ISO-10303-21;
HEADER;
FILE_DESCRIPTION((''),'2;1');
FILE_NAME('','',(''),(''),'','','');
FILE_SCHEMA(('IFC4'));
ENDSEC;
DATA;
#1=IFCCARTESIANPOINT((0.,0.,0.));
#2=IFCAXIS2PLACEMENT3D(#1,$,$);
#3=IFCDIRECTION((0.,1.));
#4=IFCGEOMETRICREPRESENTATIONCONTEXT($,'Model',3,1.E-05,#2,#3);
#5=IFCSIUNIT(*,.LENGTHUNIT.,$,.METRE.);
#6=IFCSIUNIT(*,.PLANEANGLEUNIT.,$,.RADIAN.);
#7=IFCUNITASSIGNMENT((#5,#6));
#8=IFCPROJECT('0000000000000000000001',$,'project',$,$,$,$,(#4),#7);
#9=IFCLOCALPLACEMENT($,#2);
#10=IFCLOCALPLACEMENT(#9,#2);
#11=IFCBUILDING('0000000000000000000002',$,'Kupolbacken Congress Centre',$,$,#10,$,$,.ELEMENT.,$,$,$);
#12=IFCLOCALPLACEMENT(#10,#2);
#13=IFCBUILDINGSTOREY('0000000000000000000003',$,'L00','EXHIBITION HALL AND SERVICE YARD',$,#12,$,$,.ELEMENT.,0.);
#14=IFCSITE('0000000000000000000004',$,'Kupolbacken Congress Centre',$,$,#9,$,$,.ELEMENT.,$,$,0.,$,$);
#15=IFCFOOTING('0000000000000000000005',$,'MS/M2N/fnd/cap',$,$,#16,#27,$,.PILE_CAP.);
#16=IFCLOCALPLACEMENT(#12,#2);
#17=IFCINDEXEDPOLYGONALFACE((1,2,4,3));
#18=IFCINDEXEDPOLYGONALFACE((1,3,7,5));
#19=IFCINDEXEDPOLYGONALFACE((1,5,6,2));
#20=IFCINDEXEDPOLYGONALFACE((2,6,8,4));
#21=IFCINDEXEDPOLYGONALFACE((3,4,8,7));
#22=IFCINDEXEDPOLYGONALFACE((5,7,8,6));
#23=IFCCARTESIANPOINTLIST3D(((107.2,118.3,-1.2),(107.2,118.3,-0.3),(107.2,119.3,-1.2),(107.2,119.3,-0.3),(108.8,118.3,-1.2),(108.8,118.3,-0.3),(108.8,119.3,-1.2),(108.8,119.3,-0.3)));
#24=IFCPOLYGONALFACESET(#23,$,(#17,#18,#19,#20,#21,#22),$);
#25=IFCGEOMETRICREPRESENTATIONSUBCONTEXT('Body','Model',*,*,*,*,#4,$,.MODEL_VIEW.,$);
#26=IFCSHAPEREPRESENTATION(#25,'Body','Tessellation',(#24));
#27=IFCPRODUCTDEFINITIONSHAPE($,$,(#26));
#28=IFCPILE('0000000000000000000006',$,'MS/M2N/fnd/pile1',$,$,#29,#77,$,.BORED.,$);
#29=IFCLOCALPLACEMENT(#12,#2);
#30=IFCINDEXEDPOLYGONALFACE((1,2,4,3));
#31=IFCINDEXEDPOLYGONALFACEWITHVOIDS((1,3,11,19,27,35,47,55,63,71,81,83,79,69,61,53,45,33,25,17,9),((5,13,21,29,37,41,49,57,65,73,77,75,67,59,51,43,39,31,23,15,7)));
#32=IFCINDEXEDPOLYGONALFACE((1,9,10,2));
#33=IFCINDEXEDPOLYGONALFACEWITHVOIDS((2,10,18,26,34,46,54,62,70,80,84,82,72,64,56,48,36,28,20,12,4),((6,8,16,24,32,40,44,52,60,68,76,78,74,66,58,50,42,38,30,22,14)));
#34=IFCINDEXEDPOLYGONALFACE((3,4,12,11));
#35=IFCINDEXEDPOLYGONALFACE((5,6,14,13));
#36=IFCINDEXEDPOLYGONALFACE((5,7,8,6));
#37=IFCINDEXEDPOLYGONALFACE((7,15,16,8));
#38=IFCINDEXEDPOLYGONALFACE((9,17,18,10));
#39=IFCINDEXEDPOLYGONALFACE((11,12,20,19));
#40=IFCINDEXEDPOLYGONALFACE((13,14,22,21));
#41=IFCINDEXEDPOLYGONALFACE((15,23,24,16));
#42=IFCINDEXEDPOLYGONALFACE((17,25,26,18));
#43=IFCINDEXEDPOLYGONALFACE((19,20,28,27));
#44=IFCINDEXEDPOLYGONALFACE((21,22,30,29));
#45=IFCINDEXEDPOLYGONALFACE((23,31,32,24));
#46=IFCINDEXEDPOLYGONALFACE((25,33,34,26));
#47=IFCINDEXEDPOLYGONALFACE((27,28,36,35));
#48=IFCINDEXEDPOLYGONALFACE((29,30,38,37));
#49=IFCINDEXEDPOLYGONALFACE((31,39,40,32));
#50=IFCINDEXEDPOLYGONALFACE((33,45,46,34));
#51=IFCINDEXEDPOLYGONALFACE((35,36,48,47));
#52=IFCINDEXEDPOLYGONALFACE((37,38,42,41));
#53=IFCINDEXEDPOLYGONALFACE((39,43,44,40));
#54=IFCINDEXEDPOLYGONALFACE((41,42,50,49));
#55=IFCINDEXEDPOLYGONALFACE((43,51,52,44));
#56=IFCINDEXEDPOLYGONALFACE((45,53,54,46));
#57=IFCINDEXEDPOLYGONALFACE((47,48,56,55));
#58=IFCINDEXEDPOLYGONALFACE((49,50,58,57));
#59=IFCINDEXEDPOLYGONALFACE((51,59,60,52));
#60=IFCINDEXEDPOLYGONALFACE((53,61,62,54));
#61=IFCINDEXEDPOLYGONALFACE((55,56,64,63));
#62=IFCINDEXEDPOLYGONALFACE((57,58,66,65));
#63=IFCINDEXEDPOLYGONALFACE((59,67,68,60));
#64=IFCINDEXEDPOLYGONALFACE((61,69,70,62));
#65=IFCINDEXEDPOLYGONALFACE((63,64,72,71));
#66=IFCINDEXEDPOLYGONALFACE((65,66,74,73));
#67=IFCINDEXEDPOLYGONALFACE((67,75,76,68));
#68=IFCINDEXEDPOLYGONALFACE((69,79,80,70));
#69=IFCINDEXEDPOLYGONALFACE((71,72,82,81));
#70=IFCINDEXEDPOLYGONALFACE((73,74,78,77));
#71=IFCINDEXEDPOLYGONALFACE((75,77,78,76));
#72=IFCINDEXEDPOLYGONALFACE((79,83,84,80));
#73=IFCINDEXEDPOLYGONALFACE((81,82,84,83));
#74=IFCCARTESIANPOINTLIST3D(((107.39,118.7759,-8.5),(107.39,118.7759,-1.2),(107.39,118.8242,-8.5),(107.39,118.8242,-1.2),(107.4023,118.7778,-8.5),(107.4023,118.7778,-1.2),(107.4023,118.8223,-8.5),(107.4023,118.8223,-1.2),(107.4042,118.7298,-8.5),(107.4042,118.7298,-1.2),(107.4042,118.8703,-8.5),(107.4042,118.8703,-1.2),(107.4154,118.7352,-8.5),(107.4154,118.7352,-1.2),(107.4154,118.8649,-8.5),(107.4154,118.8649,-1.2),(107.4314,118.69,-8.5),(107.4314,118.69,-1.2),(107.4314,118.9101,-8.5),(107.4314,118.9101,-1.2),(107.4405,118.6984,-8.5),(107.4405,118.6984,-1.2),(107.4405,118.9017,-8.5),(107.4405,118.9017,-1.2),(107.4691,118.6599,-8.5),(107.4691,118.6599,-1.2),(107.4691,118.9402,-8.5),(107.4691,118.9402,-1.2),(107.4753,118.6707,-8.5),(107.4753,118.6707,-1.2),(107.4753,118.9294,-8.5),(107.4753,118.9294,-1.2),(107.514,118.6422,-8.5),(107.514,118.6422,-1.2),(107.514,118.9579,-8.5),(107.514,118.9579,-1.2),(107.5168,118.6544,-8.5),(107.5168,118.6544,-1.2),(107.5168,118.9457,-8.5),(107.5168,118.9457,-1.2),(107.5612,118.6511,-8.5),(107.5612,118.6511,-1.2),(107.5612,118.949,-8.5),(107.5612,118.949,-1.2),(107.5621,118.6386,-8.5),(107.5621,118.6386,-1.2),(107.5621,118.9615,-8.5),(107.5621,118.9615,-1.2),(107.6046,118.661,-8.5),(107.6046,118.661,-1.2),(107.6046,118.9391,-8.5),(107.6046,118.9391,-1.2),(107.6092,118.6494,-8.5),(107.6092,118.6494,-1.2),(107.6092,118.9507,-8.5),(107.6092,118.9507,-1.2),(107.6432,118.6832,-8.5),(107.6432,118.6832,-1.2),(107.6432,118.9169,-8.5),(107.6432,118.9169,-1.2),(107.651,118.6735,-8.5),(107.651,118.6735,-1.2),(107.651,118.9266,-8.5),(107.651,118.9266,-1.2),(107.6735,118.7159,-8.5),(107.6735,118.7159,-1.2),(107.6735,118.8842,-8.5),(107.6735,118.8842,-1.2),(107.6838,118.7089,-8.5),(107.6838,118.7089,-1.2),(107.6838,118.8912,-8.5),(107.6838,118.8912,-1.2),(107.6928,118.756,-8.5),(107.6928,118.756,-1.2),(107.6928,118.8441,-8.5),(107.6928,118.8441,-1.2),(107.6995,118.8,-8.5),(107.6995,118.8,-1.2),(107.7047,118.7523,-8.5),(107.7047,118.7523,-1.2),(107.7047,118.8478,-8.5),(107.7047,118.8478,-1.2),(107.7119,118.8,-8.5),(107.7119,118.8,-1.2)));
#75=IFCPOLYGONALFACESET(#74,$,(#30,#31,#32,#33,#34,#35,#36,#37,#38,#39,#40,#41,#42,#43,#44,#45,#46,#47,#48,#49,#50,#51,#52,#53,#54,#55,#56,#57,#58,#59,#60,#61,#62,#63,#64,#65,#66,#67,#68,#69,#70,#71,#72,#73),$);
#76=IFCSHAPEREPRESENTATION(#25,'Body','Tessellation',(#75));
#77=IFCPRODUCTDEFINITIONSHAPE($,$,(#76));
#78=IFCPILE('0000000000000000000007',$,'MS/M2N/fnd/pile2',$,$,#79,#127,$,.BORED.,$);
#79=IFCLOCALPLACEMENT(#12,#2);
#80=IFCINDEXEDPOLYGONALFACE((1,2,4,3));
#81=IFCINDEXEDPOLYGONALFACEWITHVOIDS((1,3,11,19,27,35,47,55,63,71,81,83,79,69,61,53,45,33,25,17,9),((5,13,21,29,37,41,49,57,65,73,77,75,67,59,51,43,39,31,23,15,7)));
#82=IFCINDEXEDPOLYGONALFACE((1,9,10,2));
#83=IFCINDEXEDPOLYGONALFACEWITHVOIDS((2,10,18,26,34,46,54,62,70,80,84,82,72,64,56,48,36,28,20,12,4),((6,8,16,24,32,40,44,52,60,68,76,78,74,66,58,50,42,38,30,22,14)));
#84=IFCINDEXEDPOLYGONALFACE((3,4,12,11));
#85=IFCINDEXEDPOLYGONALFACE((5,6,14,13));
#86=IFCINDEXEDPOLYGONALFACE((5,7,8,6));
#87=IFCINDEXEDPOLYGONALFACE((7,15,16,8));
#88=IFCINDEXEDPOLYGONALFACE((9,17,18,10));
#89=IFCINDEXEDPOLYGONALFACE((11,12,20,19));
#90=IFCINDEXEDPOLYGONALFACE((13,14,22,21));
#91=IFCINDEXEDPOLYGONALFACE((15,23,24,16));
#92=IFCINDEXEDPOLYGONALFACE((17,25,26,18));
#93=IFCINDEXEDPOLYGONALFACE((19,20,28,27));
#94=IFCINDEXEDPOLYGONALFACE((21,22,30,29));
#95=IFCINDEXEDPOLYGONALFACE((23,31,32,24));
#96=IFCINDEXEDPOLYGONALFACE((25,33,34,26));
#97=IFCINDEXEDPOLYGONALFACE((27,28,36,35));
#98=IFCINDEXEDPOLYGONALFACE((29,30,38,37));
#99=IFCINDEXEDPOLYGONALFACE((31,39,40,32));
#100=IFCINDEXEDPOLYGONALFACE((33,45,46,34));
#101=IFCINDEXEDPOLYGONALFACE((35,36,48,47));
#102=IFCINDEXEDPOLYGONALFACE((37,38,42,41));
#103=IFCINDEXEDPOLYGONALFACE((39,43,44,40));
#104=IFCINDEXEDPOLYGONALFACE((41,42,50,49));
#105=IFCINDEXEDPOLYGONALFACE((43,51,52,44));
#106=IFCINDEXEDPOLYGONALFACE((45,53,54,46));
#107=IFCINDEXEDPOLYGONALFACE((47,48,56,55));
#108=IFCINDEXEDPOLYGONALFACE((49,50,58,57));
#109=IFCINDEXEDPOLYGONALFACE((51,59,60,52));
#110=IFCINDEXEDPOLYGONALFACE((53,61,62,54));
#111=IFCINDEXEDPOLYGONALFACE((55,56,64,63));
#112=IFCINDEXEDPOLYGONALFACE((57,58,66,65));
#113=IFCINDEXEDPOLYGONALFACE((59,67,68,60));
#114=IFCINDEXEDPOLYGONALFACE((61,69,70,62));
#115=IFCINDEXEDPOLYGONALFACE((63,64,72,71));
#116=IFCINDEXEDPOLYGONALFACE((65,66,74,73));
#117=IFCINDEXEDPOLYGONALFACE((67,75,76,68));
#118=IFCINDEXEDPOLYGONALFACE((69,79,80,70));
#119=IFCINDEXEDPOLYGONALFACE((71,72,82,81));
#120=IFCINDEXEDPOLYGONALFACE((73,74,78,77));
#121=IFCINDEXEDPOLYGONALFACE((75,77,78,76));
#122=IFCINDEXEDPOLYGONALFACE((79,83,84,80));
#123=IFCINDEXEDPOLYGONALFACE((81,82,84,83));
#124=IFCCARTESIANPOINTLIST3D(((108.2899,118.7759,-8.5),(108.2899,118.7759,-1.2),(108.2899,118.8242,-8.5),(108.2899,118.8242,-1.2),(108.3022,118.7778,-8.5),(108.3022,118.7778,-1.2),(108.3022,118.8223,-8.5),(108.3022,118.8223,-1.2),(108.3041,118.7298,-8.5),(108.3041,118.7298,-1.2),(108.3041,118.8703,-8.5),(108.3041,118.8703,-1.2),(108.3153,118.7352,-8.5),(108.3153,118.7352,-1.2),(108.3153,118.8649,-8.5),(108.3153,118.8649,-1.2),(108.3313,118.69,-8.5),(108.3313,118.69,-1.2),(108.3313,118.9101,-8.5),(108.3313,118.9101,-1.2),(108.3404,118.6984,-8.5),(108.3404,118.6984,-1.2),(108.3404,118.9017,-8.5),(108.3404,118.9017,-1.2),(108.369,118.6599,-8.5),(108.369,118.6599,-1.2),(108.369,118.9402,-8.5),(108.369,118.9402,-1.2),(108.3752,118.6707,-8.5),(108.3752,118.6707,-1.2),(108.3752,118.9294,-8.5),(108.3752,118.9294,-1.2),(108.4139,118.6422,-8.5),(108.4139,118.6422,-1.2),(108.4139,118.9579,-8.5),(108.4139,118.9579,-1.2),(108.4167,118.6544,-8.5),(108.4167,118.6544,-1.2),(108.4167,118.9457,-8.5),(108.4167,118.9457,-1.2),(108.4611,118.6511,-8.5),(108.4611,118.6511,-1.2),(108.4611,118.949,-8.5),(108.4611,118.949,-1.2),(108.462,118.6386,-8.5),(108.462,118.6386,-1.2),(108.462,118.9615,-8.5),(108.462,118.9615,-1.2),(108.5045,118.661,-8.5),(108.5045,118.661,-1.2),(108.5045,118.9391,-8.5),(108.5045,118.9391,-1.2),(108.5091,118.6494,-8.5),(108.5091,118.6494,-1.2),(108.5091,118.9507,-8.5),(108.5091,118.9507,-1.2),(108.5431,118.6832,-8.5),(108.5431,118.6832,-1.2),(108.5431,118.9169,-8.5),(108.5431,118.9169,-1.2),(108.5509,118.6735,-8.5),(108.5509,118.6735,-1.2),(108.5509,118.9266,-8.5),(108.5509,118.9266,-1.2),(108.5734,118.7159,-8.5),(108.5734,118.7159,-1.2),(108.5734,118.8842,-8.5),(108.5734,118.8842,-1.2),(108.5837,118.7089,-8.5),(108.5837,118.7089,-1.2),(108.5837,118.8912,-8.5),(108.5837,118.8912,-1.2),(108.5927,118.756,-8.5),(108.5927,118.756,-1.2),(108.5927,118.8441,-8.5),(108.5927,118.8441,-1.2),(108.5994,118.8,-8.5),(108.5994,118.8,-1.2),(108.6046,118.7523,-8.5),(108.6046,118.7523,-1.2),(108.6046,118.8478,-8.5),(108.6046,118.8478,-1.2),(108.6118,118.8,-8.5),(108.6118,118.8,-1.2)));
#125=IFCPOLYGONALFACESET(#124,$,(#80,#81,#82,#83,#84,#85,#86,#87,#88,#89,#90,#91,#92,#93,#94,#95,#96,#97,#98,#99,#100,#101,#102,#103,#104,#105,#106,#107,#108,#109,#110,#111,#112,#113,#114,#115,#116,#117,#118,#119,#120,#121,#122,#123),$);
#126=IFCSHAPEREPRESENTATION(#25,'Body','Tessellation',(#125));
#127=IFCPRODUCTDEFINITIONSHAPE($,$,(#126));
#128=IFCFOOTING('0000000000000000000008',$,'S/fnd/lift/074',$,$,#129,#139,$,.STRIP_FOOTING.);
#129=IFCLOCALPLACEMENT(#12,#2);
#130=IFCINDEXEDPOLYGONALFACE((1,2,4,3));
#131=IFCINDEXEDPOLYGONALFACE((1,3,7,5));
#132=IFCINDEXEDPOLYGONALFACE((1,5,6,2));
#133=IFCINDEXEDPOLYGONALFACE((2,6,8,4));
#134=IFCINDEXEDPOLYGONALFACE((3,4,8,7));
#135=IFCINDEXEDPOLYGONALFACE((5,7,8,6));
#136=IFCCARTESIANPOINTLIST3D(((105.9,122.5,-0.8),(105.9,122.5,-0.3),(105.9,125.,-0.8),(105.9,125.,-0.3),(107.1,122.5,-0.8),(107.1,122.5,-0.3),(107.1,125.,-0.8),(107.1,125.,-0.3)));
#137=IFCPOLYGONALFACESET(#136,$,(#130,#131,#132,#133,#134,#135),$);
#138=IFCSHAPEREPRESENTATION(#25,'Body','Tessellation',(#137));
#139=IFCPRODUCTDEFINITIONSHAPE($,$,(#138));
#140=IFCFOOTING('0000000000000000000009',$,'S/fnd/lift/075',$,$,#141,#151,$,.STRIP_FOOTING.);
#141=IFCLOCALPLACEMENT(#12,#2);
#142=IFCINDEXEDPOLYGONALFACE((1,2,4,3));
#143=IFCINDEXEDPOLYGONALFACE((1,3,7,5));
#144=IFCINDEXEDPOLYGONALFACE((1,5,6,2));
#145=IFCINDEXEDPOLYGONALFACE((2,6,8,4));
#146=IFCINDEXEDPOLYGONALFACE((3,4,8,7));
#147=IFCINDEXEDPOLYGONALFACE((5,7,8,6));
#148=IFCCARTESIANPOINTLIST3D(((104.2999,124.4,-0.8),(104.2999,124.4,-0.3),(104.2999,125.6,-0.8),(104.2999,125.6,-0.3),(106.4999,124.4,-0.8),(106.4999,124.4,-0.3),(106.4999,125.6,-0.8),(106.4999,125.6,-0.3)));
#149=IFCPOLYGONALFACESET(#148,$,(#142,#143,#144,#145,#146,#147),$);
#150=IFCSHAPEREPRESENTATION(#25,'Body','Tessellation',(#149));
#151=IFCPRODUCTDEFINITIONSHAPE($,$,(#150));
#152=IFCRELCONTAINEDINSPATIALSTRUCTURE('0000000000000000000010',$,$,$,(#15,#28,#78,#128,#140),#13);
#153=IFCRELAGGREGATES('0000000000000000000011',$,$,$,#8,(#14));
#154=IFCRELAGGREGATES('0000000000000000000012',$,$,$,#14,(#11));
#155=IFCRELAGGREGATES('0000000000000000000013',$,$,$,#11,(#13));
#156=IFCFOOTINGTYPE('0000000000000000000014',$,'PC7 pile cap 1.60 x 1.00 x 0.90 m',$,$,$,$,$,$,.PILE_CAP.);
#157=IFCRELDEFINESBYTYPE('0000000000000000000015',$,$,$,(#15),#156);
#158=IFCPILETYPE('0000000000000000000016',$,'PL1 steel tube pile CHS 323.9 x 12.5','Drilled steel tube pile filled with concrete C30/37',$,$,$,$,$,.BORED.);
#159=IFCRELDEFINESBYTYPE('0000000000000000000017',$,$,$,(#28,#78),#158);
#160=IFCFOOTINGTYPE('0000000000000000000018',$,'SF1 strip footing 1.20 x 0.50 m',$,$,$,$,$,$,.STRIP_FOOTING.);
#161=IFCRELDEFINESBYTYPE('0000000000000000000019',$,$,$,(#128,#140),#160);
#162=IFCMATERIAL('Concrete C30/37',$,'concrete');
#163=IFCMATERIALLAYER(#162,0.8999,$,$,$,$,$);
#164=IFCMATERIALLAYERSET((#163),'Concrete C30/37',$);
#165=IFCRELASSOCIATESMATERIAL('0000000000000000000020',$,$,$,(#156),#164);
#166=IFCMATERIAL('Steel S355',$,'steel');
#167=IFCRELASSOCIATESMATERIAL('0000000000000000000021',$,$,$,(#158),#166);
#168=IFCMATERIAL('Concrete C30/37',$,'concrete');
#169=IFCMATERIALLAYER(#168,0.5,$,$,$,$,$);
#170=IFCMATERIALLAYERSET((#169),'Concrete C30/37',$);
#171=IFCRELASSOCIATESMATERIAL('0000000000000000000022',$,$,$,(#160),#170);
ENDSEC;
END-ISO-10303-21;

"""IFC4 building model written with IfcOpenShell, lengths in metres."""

from ifc_helpers import new_model, si_unit, direction, frame, origin, origin_2d, place, context, subcontext, project, spatial, rectangle, hollow_circle, extrude, material, layer, layer_set, material_profile, profile_set, type_object, element, save


model = new_model("IFC4")

# Units and contexts
model_context = context("Model", 3, precision=1e-05, world=origin(), true_north=direction((0.0, 1.0)))
body_context = subcontext(model_context, "Body", "Model", "MODEL_VIEW")
ifc_project = project(units=[si_unit("LENGTHUNIT", "METRE"), si_unit("PLANEANGLEUNIT", "RADIAN")], contexts=[model_context])

# Site, building, storey
site_placement = place(None, origin())
site = spatial("IfcSite", under=ifc_project, at=site_placement, Name="Kupolbacken Congress Centre", CompositionType="ELEMENT", RefElevation=0.0)
building_placement = place(site_placement, origin())
building = spatial("IfcBuilding", under=site, at=building_placement, Name="Kupolbacken Congress Centre", CompositionType="ELEMENT")
storey_placement = place(building_placement, origin())
storey = spatial("IfcBuildingStorey", under=building, at=storey_placement, Name="L00", Description="EXHIBITION HALL AND SERVICE YARD", CompositionType="ELEMENT", Elevation=0.0)

# Footing
ifc_material_1 = material(Name="Concrete C30/37", Category="concrete")
ifc_layer_1 = layer(ifc_material_1, 0.8999)
ifc_layer_set_1 = layer_set([ifc_layer_1], Name="Concrete C30/37")
footing_type_1 = type_object("IfcFootingType", Name="PC7 pile cap 1.60 x 1.00 x 0.90 m", PredefinedType="PILE_CAP", material=ifc_layer_set_1)
footing_1_placement = place(storey_placement, frame((108.0, 118.8, -1.2), z_axis=(0.0, 0.0, 1.0), x_axis=(1.0, 0.0, 0.0)))
element("IfcFooting", 1, at=footing_1_placement, inside=storey, type_object=footing_type_1, Name="MS/M2N/fnd/cap", PredefinedType="PILE_CAP", context=body_context, shape_type="SweptSolid", body=[
    extrude(rectangle(XDim=1.6001, YDim=1.0, at=origin_2d()), origin(), (0.0, 0.0, 1.0), 0.8999),
])

# Piles
ifc_material_2 = material(Name="Steel S355", Category="steel")
ifc_material_profile_1 = material_profile(ifc_material_2, hollow_circle(Radius=0.1619, WallThickness=0.0125, at=origin_2d()), Name="CHS 323.9 x 12.5")
ifc_profile_set_1 = profile_set([ifc_material_profile_1], Name="Steel S355")
pile_type = type_object("IfcPileType", Name="PL1 steel tube pile CHS 323.9 x 12.5", Description="Drilled steel tube pile filled with concrete C30/37", PredefinedType="BORED", material=ifc_profile_set_1)
for number, where, z_axis, x_axis, name in (
    (2, (107.55, 118.8, -1.2), (0.0, 0.0, -1.0), (1.0, 0.0, 0.0), "MS/M2N/fnd/pile1"),
    (3, (108.45, 118.8, -1.2), (0.0, 0.0, -1.0), (1.0, 0.0, 0.0), "MS/M2N/fnd/pile2"),
):
    element("IfcPile", number, at=place(storey_placement, frame(where, z_axis=z_axis, x_axis=x_axis)), inside=storey, type_object=pile_type, Name=name, PredefinedType="BORED", context=body_context, shape_type="SweptSolid", body=[
        extrude(hollow_circle(Radius=0.1619, WallThickness=0.0125, at=origin_2d()), origin(), (0.0, 0.0, 1.0), 7.3),
    ])

# Footings
ifc_material_3 = material(Name="Concrete C30/37", Category="concrete")
ifc_layer_2 = layer(ifc_material_3, 0.5)
ifc_layer_set_2 = layer_set([ifc_layer_2], Name="Concrete C30/37")
footing_type_2 = type_object("IfcFootingType", Name="SF1 strip footing 1.20 x 0.50 m", PredefinedType="STRIP_FOOTING", material=ifc_layer_set_2)
footing_2_placement = place(storey_placement, frame((106.5, 123.75, -0.8), z_axis=(0.0, 0.0, 1.0), x_axis=(0.0, 1.0, 0.0)))
element("IfcFooting", 4, at=footing_2_placement, inside=storey, type_object=footing_type_2, Name="S/fnd/lift/074", PredefinedType="STRIP_FOOTING", context=body_context, shape_type="SweptSolid", body=[
    extrude(rectangle(XDim=2.5, YDim=1.2, at=origin_2d()), origin(), (0.0, 0.0, 1.0), 0.5),
])
footing_3_placement = place(storey_placement, frame((105.3999, 125.0, -0.8), z_axis=(0.0, 0.0, 1.0), x_axis=(1.0, 0.0, 0.0)))
element("IfcFooting", 5, at=footing_3_placement, inside=storey, type_object=footing_type_2, Name="S/fnd/lift/075", PredefinedType="STRIP_FOOTING", context=body_context, shape_type="SweptSolid", body=[
    extrude(rectangle(XDim=2.2, YDim=1.2, at=origin_2d()), origin(), (0.0, 0.0, 1.0), 0.5),
])

save(model, "model.ifc")
